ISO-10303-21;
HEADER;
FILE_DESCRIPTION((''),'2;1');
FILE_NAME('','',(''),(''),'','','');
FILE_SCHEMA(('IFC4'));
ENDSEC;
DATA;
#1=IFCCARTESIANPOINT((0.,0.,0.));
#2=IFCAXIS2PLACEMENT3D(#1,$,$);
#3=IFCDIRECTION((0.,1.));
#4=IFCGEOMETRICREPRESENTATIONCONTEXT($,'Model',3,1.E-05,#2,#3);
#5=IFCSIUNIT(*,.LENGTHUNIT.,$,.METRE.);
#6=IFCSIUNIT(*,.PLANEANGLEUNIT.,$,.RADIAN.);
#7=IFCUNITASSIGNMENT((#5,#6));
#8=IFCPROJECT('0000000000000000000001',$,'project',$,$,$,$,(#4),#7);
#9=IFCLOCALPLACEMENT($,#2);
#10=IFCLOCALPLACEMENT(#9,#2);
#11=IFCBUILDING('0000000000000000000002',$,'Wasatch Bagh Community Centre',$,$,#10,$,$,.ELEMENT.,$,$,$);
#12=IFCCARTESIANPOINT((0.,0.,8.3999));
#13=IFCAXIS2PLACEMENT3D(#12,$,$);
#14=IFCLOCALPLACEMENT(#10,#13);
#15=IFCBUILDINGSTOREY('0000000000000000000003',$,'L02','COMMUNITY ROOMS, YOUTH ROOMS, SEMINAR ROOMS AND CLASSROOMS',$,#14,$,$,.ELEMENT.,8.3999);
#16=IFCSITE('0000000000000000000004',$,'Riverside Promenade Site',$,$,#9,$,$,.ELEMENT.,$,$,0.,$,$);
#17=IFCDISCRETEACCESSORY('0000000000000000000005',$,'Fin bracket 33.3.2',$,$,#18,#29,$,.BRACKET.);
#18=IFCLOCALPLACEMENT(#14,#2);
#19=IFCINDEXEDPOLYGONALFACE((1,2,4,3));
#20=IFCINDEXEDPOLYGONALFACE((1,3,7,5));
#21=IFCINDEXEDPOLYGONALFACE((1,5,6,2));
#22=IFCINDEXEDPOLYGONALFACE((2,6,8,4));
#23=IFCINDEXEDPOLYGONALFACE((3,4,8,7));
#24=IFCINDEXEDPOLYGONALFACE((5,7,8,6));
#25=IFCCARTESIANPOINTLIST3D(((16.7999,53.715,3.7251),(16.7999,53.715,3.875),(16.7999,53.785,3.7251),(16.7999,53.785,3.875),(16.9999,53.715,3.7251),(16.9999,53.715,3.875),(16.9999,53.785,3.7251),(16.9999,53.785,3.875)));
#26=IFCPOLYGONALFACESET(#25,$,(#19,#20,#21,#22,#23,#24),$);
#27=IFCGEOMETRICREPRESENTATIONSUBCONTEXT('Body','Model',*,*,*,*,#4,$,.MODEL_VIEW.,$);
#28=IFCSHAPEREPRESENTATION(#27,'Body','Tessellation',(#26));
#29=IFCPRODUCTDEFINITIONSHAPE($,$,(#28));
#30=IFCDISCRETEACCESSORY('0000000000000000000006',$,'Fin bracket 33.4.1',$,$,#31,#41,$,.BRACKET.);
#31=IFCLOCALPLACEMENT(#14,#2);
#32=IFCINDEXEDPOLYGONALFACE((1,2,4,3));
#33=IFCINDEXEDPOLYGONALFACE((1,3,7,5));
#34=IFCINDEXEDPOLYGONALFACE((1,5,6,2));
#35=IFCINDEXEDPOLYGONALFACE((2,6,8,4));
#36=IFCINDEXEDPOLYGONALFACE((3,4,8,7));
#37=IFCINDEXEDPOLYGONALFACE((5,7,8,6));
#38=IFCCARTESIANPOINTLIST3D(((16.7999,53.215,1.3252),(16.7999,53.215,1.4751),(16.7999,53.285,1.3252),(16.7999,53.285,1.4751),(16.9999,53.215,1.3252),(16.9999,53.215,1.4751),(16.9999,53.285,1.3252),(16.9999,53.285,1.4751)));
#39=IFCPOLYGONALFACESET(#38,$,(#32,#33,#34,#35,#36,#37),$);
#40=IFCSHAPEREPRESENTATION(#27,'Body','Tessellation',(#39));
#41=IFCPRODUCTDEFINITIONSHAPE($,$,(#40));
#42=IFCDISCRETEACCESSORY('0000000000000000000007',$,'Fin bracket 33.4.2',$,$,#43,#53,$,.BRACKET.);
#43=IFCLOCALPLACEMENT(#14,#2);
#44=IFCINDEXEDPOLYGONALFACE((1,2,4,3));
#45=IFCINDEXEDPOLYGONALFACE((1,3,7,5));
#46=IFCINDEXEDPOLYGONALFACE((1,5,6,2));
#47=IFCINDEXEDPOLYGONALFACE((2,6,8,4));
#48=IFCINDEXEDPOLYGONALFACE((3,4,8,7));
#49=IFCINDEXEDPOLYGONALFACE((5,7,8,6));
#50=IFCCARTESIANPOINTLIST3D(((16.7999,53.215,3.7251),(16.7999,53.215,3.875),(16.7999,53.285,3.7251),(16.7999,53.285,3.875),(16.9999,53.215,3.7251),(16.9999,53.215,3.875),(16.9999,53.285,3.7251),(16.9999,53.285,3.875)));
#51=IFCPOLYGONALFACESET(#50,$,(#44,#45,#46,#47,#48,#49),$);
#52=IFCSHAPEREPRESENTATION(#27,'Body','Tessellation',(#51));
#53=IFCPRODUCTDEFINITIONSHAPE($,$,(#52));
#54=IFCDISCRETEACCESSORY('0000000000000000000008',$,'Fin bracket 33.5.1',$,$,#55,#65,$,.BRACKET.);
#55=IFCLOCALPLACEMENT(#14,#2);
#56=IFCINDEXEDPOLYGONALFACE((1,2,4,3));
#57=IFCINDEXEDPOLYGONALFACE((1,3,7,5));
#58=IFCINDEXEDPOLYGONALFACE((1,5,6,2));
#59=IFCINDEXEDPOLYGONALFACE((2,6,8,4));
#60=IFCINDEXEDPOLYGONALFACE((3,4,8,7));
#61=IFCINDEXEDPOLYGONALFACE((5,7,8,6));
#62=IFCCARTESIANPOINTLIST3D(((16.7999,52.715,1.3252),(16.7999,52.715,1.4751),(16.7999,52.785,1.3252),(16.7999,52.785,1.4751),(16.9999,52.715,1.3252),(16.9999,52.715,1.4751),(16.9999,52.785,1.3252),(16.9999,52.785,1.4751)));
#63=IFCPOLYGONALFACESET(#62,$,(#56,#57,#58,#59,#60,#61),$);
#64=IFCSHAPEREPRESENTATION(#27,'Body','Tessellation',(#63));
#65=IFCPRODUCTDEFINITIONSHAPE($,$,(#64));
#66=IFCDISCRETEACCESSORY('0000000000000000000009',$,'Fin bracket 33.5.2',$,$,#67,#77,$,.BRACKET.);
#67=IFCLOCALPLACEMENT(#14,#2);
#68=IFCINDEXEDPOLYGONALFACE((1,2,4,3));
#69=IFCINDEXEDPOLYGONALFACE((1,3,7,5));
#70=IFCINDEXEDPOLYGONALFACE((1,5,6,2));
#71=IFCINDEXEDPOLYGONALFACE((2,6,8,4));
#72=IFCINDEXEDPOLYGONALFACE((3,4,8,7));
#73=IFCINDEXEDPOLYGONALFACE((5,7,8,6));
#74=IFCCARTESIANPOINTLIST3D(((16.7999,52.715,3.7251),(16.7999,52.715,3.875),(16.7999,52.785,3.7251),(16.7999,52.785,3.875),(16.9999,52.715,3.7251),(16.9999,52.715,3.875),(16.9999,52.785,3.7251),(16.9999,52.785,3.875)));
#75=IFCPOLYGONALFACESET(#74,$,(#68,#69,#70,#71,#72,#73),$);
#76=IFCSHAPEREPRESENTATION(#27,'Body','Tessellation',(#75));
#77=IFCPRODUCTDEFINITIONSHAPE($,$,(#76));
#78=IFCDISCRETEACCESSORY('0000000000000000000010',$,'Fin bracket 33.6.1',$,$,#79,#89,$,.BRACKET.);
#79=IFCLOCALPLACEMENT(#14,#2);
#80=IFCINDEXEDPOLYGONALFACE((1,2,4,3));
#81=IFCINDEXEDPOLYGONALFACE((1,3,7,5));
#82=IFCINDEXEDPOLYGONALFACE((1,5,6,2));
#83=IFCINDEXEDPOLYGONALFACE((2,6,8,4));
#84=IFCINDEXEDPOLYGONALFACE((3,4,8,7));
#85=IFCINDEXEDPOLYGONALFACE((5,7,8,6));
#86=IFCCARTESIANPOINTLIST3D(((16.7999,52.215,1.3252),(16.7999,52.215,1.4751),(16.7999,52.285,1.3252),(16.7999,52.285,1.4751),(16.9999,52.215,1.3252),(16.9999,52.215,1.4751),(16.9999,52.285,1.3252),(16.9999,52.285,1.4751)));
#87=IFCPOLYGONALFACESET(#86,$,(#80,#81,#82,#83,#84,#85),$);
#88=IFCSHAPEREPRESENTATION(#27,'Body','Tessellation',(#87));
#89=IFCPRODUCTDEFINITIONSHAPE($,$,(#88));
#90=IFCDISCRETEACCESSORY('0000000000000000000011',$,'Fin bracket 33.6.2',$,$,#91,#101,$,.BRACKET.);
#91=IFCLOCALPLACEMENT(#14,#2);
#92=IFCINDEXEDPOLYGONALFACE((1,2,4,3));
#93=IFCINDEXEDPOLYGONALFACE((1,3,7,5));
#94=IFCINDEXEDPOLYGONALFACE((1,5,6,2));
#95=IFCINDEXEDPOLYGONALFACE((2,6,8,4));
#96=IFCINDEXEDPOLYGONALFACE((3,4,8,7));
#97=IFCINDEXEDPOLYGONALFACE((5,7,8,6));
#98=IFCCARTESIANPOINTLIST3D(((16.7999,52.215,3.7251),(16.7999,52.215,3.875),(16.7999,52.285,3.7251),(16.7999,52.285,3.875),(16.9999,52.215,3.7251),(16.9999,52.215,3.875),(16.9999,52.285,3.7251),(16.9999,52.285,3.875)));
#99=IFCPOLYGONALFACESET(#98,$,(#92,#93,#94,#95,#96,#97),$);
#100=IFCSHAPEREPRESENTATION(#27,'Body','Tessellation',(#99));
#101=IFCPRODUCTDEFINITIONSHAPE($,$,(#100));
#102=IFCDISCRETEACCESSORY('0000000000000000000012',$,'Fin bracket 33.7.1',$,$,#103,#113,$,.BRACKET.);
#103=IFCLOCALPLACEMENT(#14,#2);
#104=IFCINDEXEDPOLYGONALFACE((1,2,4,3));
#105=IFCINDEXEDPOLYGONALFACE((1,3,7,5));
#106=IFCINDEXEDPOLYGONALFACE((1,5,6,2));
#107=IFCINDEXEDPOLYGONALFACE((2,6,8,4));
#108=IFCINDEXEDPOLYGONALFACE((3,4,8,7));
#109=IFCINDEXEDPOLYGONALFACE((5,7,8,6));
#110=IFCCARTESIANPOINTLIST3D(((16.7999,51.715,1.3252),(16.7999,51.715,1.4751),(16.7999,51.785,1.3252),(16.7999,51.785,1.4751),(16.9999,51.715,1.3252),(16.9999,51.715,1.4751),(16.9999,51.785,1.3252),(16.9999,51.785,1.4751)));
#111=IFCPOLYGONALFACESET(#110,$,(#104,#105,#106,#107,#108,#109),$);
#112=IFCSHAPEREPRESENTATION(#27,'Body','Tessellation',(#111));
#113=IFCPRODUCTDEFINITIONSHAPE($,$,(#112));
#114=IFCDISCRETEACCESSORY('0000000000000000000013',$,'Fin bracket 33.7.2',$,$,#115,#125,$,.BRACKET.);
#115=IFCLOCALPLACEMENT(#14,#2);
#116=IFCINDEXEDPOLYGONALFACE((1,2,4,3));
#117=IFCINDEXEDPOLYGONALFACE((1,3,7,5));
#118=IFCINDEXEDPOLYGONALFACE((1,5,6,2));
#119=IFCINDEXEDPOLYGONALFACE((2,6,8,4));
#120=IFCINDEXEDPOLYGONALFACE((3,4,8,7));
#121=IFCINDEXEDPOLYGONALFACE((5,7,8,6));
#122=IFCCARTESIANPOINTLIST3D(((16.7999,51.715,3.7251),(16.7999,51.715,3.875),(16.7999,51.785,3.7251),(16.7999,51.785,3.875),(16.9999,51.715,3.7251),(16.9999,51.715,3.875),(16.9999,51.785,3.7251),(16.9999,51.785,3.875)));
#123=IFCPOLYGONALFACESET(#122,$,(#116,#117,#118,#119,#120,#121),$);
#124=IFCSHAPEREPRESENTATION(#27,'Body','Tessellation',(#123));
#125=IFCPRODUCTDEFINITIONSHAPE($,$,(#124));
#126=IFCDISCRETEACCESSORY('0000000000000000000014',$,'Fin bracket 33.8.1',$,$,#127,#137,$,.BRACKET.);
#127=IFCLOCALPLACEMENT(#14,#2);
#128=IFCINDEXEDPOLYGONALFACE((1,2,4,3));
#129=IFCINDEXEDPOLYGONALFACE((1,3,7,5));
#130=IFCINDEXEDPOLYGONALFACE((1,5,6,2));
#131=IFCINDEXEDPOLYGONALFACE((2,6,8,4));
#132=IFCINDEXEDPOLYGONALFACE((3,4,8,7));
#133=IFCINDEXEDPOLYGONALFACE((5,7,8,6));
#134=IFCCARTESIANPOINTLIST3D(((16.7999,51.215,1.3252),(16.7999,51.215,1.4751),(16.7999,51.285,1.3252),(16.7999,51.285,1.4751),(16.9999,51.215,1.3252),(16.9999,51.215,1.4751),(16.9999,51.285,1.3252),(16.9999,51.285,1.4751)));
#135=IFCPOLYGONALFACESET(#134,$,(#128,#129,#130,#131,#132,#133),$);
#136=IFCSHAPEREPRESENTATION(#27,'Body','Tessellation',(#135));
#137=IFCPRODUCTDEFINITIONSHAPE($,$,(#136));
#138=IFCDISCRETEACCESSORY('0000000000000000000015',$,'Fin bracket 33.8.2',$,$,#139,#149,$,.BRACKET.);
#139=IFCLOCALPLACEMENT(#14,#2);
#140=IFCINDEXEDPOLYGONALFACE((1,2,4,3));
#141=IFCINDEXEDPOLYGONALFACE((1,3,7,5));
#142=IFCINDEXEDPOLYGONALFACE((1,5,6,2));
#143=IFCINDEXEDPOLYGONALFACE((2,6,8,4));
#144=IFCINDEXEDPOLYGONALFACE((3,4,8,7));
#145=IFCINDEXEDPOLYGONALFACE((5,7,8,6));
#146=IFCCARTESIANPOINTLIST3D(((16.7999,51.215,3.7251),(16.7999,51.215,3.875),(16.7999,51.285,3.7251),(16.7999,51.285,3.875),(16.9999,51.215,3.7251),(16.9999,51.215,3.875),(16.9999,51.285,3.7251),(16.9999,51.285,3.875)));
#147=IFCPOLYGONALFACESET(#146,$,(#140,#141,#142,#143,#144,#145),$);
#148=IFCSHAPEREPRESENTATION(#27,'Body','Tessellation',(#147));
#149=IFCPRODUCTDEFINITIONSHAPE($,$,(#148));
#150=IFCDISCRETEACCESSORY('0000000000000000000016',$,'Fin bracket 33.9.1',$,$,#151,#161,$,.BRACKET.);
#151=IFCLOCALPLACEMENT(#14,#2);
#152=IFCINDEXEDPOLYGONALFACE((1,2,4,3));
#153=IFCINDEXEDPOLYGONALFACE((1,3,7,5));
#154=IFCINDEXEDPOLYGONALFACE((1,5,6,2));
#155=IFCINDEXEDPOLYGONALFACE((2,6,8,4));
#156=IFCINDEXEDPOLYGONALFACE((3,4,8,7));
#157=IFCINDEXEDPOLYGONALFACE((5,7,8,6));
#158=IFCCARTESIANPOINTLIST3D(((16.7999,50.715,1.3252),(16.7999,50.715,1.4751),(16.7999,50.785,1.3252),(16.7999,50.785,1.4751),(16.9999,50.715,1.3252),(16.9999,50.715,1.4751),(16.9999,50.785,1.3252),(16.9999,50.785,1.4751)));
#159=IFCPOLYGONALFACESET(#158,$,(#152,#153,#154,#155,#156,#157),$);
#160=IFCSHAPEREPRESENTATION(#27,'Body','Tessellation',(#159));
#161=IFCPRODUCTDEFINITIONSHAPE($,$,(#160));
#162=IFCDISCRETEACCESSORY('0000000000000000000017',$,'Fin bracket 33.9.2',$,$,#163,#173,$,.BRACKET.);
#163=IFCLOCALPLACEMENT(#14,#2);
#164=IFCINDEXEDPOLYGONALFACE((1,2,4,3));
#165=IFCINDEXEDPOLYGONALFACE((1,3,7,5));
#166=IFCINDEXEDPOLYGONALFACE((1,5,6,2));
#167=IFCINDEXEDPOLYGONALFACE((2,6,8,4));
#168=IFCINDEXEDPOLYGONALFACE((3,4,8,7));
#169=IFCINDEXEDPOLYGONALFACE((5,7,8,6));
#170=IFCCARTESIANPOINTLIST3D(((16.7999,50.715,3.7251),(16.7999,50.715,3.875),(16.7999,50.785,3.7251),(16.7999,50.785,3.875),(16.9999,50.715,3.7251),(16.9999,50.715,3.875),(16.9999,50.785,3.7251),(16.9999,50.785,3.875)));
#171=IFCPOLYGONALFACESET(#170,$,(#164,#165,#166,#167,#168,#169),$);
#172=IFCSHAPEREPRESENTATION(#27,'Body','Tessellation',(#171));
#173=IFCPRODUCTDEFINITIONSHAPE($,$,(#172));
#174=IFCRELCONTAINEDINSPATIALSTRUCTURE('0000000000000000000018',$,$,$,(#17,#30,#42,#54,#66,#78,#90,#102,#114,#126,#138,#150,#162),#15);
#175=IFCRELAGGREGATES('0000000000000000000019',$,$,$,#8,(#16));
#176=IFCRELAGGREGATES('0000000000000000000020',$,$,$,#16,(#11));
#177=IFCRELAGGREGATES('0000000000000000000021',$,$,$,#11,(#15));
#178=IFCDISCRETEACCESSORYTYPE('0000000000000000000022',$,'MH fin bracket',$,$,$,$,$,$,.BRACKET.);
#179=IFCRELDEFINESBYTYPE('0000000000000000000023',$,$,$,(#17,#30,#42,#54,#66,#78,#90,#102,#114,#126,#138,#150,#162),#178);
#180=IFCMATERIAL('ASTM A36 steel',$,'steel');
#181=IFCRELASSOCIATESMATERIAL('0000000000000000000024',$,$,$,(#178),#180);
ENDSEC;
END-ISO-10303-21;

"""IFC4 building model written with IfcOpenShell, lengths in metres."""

from ifc_helpers import new_model, si_unit, direction, frame, origin, origin_2d, place, context, subcontext, project, spatial, rectangle, extrude, material, type_object, element, save


model = new_model("IFC4")

# Units and contexts
model_context = context("Model", 3, precision=1e-05, world=origin(), true_north=direction((0.0, 1.0)))
body_context = subcontext(model_context, "Body", "Model", "MODEL_VIEW")
ifc_project = project(units=[si_unit("LENGTHUNIT", "METRE"), si_unit("PLANEANGLEUNIT", "RADIAN")], contexts=[model_context])

# Site, building, storey
site_placement = place(None, origin())
site = spatial("IfcSite", under=ifc_project, at=site_placement, Name="Riverside Promenade Site", CompositionType="ELEMENT", RefElevation=0.0)
building_placement = place(site_placement, origin())
building = spatial("IfcBuilding", under=site, at=building_placement, Name="Wasatch Bagh Community Centre", CompositionType="ELEMENT")
storey_placement = place(building_placement, frame((0.0, 0.0, 8.3999)))
storey = spatial("IfcBuildingStorey", under=building, at=storey_placement, Name="L02", Description="COMMUNITY ROOMS, YOUTH ROOMS, SEMINAR ROOMS AND CLASSROOMS", CompositionType="ELEMENT", Elevation=8.3999)

# Discrete accessories
ifc_material_1 = material(Name="ASTM A36 steel", Category="steel")
discrete_accessory_type = type_object("IfcDiscreteAccessoryType", Name="MH fin bracket", PredefinedType="BRACKET", material=ifc_material_1)
for number, where, z_axis, x_axis, name in (
    (1, (16.8999, 53.75, 3.7251), (0.0, 0.0, 1.0), (0.0, -1.0, 0.0), "Fin bracket 33.3.2"),
    (2, (16.8999, 53.25, 1.3252), (0.0, 0.0, 1.0), (0.0, -1.0, 0.0), "Fin bracket 33.4.1"),
    (3, (16.8999, 53.25, 3.7251), (0.0, 0.0, 1.0), (0.0, -1.0, 0.0), "Fin bracket 33.4.2"),
    (4, (16.8999, 52.75, 1.3252), (0.0, 0.0, 1.0), (0.0, -1.0, 0.0), "Fin bracket 33.5.1"),
    (5, (16.8999, 52.75, 3.7251), (0.0, 0.0, 1.0), (0.0, -1.0, 0.0), "Fin bracket 33.5.2"),
    (6, (16.8999, 52.25, 1.3252), (0.0, 0.0, 1.0), (0.0, -1.0, 0.0), "Fin bracket 33.6.1"),
    (7, (16.8999, 52.25, 3.7251), (0.0, 0.0, 1.0), (0.0, -1.0, 0.0), "Fin bracket 33.6.2"),
    (8, (16.8999, 51.75, 1.3252), (0.0, 0.0, 1.0), (0.0, -1.0, 0.0), "Fin bracket 33.7.1"),
    (9, (16.8999, 51.75, 3.7251), (0.0, 0.0, 1.0), (0.0, -1.0, 0.0), "Fin bracket 33.7.2"),
    (10, (16.8999, 51.25, 1.3252), (0.0, 0.0, 1.0), (0.0, -1.0, 0.0), "Fin bracket 33.8.1"),
    (11, (16.8999, 51.25, 3.7251), (0.0, 0.0, 1.0), (0.0, -1.0, 0.0), "Fin bracket 33.8.2"),
    (12, (16.8999, 50.75, 1.3252), (0.0, 0.0, 1.0), (0.0, -1.0, 0.0), "Fin bracket 33.9.1"),
    (13, (16.8999, 50.75, 3.7251), (0.0, 0.0, 1.0), (0.0, -1.0, 0.0), "Fin bracket 33.9.2"),
):
    element("IfcDiscreteAccessory", number, at=place(storey_placement, frame(where, z_axis=z_axis, x_axis=x_axis)), inside=storey, type_object=discrete_accessory_type, Name=name, PredefinedType="BRACKET", context=body_context, shape_type="SweptSolid", body=[
        extrude(rectangle(XDim=0.0701, YDim=0.2, at=origin_2d()), origin(), (0.0, 0.0, 1.0), 0.1499),
    ])

save(model, "model.ifc")
